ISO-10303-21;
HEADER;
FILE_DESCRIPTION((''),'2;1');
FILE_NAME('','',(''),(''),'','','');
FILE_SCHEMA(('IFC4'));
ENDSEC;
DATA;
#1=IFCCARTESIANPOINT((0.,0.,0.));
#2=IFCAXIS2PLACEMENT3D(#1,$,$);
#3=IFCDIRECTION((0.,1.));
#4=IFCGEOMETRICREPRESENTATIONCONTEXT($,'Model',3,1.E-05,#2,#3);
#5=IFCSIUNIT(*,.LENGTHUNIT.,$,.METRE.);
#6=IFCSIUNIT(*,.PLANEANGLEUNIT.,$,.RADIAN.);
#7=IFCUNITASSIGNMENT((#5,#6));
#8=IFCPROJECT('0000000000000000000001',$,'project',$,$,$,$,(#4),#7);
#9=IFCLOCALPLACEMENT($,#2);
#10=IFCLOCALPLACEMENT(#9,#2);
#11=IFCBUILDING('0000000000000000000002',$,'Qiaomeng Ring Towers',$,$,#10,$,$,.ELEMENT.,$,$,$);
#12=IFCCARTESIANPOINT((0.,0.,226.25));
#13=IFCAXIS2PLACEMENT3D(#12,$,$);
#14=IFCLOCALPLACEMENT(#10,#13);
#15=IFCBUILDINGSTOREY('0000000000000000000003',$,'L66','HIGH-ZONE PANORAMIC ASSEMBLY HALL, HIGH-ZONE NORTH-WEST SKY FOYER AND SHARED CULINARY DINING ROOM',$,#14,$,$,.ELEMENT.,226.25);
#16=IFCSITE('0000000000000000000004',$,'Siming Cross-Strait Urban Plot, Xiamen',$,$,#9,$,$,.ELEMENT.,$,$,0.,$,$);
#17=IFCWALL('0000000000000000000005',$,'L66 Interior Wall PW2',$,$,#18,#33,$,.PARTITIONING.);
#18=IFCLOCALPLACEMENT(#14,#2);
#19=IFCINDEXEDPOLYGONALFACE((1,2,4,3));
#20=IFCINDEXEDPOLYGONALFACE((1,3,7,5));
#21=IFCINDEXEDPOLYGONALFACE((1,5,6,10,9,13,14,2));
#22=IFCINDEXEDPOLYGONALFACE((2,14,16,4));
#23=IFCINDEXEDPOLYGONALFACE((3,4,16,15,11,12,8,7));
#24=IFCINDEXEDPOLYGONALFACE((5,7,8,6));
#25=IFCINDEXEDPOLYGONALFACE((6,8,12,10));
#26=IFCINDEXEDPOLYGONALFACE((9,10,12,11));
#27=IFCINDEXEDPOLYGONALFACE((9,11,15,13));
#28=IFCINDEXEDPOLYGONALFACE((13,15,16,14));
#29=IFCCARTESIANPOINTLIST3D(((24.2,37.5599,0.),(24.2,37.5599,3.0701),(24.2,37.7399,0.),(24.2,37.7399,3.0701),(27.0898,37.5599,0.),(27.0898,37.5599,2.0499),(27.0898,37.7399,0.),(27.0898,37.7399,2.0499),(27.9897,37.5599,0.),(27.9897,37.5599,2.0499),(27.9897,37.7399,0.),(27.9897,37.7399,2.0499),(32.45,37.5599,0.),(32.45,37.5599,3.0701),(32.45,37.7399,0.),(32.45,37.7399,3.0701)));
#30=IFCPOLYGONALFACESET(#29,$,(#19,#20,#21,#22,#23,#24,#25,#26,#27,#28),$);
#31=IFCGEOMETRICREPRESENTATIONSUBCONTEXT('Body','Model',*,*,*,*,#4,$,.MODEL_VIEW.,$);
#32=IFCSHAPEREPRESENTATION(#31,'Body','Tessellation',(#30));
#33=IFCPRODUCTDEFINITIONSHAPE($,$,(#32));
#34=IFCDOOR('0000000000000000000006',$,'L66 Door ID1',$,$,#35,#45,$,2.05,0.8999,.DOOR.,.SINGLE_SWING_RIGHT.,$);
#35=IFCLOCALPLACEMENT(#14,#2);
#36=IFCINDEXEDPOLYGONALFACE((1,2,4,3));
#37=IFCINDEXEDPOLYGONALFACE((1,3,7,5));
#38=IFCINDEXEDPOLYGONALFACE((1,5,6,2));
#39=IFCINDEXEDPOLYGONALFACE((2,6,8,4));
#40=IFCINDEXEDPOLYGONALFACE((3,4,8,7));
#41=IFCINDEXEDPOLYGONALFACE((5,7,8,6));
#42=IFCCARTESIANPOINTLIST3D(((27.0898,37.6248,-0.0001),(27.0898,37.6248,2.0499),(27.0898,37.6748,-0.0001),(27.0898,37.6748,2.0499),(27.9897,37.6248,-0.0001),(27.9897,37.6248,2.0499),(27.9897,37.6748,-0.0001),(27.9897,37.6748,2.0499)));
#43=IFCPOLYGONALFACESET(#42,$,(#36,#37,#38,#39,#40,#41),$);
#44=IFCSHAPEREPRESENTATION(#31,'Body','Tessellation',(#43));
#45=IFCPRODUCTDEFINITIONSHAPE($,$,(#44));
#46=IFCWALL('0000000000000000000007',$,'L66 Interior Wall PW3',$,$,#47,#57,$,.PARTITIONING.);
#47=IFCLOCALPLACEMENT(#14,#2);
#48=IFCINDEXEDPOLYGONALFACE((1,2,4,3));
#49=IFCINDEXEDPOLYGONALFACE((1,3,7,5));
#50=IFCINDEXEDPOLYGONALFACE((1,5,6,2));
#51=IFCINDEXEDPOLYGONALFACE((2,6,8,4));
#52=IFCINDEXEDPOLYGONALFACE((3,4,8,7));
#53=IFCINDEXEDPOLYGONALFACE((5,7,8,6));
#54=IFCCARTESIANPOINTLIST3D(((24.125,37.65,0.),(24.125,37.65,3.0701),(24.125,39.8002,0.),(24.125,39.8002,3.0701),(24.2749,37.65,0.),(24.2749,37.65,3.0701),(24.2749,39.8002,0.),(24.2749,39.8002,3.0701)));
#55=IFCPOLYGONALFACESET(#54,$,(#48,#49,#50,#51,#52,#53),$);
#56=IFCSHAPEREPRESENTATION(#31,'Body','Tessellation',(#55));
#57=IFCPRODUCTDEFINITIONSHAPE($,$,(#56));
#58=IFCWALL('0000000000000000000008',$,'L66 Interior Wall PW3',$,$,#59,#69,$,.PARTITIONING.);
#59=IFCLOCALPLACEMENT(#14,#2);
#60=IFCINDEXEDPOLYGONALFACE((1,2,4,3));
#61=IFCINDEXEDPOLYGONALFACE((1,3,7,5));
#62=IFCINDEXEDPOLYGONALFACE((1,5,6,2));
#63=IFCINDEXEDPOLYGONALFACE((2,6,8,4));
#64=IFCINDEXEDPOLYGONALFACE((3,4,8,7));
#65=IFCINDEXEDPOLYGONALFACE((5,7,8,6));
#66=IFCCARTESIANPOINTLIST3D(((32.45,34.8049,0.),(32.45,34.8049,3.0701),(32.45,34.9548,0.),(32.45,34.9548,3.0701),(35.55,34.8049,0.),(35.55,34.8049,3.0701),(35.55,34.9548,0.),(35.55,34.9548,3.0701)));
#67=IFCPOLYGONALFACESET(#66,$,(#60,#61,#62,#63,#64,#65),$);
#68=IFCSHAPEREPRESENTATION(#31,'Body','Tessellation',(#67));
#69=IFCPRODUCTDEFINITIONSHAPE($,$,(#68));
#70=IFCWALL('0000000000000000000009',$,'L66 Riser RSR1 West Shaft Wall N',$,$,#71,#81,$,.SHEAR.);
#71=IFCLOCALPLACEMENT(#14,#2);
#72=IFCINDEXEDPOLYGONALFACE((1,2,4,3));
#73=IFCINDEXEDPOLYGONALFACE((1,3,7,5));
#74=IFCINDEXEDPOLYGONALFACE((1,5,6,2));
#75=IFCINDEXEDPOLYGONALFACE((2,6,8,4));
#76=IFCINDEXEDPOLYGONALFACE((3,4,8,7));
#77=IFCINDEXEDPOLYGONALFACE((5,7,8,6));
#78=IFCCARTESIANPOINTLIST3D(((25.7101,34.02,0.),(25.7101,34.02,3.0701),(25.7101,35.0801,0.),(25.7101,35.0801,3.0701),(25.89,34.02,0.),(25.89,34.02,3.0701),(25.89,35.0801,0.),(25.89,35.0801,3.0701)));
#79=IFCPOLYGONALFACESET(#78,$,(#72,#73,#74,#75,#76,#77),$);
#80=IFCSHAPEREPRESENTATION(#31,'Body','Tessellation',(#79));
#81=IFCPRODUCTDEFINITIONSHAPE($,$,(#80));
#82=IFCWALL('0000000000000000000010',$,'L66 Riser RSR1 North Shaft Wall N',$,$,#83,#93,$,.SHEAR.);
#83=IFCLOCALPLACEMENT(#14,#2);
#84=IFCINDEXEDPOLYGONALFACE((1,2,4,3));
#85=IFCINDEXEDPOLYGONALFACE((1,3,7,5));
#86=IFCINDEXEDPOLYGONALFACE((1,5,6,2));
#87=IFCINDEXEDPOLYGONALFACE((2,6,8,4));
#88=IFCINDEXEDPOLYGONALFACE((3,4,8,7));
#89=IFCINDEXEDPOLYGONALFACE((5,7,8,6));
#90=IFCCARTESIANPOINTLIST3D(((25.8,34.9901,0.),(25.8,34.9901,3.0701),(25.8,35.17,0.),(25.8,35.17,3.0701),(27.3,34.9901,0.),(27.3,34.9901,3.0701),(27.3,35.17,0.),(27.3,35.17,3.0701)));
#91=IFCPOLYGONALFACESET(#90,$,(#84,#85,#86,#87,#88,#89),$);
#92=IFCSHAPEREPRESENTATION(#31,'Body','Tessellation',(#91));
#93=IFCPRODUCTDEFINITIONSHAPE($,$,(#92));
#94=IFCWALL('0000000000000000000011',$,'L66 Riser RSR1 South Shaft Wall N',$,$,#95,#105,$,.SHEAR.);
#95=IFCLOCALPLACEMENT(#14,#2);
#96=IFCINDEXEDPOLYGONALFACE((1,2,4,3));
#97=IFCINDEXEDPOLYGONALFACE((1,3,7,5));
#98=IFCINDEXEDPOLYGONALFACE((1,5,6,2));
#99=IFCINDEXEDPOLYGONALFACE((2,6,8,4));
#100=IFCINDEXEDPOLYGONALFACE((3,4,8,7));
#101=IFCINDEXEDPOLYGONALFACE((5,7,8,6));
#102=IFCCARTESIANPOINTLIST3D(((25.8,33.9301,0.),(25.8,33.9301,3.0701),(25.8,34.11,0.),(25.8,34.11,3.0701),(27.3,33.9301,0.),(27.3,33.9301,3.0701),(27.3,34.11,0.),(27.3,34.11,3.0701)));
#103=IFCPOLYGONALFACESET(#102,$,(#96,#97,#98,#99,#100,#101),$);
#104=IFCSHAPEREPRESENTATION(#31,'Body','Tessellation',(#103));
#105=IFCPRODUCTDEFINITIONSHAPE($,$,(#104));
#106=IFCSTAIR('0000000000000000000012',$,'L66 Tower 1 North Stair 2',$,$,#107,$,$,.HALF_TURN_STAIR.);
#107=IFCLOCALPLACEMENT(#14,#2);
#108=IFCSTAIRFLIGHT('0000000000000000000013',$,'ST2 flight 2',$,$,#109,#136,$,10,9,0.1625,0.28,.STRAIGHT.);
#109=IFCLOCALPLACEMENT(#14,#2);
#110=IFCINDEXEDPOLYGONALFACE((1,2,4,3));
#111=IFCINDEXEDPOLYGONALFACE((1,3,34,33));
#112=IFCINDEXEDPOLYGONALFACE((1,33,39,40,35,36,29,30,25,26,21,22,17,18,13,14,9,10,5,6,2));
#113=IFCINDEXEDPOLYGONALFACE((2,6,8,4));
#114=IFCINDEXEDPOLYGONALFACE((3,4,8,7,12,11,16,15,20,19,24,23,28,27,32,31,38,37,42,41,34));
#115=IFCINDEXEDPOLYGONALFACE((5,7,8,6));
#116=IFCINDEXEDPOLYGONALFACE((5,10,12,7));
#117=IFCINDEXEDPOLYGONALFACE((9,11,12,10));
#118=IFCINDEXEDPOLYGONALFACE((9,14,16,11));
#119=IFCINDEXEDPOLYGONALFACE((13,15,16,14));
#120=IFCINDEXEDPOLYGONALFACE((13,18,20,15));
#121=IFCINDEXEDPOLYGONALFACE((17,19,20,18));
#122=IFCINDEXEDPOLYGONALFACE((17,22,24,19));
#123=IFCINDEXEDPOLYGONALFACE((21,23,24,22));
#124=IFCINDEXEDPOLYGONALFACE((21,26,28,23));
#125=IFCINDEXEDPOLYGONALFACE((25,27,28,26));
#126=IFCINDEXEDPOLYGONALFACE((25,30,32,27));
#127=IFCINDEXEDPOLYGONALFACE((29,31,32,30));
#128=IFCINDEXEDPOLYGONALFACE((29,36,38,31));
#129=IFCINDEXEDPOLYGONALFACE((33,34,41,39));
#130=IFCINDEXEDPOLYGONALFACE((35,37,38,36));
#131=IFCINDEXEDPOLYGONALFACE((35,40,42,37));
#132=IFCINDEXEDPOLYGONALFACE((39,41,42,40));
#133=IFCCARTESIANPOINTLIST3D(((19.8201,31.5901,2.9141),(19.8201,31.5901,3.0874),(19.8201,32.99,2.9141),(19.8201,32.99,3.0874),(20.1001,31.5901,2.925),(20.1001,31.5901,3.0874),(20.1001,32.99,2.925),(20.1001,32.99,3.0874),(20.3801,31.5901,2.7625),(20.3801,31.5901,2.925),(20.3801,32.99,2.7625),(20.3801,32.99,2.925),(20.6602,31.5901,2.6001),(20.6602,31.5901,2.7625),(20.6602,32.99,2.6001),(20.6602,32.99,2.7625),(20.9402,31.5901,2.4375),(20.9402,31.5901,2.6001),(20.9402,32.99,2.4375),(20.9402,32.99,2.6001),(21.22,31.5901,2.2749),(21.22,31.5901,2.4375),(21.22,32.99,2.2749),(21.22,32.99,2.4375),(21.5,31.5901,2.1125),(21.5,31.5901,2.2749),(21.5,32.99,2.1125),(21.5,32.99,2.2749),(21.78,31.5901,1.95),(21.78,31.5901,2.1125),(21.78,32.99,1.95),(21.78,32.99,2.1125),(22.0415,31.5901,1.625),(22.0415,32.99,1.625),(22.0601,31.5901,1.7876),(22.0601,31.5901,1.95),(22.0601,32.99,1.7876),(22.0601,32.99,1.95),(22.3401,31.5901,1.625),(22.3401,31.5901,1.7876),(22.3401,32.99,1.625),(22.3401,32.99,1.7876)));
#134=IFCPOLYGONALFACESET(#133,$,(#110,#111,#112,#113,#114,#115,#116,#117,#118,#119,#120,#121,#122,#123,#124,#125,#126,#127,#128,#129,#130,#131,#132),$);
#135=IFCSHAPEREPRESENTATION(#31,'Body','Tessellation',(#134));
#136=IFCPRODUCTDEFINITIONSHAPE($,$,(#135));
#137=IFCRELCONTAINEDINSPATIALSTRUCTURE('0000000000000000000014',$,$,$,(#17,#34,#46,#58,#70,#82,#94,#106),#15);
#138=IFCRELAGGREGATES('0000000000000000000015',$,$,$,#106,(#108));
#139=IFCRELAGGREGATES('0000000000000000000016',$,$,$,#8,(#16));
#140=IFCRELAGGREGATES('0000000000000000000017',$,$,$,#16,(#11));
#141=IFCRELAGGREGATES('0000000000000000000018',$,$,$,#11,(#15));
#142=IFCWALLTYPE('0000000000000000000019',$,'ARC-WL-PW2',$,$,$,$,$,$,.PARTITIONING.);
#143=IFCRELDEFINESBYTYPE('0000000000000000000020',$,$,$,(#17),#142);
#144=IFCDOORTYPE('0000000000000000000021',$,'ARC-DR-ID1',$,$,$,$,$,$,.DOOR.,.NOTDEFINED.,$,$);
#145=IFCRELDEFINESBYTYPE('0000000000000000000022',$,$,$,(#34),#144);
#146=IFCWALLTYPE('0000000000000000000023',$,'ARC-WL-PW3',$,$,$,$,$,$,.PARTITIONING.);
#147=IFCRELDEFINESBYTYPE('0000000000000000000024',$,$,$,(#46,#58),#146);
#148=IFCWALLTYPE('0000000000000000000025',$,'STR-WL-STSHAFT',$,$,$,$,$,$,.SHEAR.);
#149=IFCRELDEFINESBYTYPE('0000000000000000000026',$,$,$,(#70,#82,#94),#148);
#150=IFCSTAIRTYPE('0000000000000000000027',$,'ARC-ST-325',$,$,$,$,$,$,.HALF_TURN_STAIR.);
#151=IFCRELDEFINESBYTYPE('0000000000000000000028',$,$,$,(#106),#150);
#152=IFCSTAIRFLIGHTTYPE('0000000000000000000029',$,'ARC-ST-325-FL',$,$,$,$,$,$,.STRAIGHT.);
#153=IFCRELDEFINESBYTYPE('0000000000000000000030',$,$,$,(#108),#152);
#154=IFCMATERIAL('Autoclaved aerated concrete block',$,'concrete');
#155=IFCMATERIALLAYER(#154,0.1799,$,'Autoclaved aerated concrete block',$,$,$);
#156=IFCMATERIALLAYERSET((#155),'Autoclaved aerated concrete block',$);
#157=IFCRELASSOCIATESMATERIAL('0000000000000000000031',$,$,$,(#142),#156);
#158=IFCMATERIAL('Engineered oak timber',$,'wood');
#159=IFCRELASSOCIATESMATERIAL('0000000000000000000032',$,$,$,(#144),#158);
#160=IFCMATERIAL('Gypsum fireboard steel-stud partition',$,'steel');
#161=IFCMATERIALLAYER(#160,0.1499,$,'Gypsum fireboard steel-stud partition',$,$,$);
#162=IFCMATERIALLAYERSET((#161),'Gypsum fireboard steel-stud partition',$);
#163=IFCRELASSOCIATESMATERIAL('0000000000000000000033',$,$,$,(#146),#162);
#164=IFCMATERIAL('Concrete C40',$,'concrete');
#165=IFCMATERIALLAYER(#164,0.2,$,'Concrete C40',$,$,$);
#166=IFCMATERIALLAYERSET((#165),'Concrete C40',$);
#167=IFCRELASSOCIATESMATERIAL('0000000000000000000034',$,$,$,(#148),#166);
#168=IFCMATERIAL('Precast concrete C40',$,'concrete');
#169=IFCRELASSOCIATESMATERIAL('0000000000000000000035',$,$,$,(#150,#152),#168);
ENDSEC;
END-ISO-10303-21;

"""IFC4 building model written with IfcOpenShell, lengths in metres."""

from ifc_helpers import new_model, si_unit, direction, frame, frame_2d, origin, place, context, subcontext, project, spatial, polyline, rectangle, outline, extrude, source, transform, mapped, material, layer, layer_set, type_object, element, fill, aggregate, save


model = new_model("IFC4")

# Units and contexts
model_context = context("Model", 3, precision=1e-05, world=origin(), true_north=direction((0.0, 1.0)))
body_context = subcontext(model_context, "Body", "Model", "MODEL_VIEW")
ifc_project = project(units=[si_unit("LENGTHUNIT", "METRE"), si_unit("PLANEANGLEUNIT", "RADIAN")], contexts=[model_context])

# Site, building, storey
site_placement = place(None, origin())
site = spatial("IfcSite", under=ifc_project, at=site_placement, Name="Siming Cross-Strait Urban Plot, Xiamen", CompositionType="ELEMENT", RefElevation=0.0)
building_placement = place(site_placement, origin())
building = spatial("IfcBuilding", under=site, at=building_placement, Name="Qiaomeng Ring Towers", CompositionType="ELEMENT")
storey_placement = place(building_placement, frame((0.0, 0.0, 226.25)))
storey = spatial("IfcBuildingStorey", under=building, at=storey_placement, Name="L66", Description="HIGH-ZONE PANORAMIC ASSEMBLY HALL, HIGH-ZONE NORTH-WEST SKY FOYER AND SHARED CULINARY DINING ROOM", CompositionType="ELEMENT", Elevation=226.25)

# Shared definitions
ifc_material_1 = material(Name="Concrete C40", Category="concrete")

# Shared definitions
ifc_material_2 = material(Name="Autoclaved aerated concrete block", Category="concrete")

# Wall, opening, door
ifc_layer_1 = layer(ifc_material_2, 0.1799, Name="Autoclaved aerated concrete block")
ifc_layer_set_1 = layer_set([ifc_layer_1], Name="Autoclaved aerated concrete block")
wall_type_1 = type_object("IfcWallType", Name="ARC-WL-PW2", PredefinedType="PARTITIONING", material=ifc_layer_set_1)
wall_1_placement = place(storey_placement, frame((24.2, 37.6499, 0.0), z_axis=(0.0, 0.0, 1.0), x_axis=(1.0, 0.0, 0.0)))
wall_1 = element("IfcWall", 1, at=wall_1_placement, inside=storey, type_object=wall_type_1, Name="L66 Interior Wall PW2", PredefinedType="PARTITIONING", context=body_context, shape_type="SweptSolid", body=[
    extrude(rectangle(XDim=8.25, YDim=0.1799, at=frame_2d((4.125, 0.0))), origin(), (0.0, 0.0, 1.0), 3.0701),
])
opening_placement = place(wall_1_placement, frame((2.8899, 0.0, 0.0)))
opening = element("IfcOpeningElement", 2, at=opening_placement, cuts=wall_1, PredefinedType="OPENING", context=body_context, shape_type="SweptSolid", body=[
    extrude(rectangle(XDim=0.8999, YDim=2.05, at=frame_2d((0.45, 1.0249))), frame((0.0, 0.0999, 0.0), z_axis=(0.0, -1.0, 0.0), x_axis=(1.0, 0.0, 0.0)), (0.0, 0.0, 1.0), 0.2),
])
ifc_material_3 = material(Name="Engineered oak timber", Category="wood")
door_type = type_object("IfcDoorType", Name="ARC-DR-ID1", OperationType="NOTDEFINED", PredefinedType="DOOR", material=ifc_material_3)
shared_shape_1 = source(origin(), body_context, "Body", "SweptSolid", [
    extrude(rectangle(XDim=0.8999, YDim=2.05, at=frame_2d((0.45, 1.0249))), frame((0.0, 0.0249, 0.0), z_axis=(0.0, -1.0, 0.0), x_axis=(1.0, 0.0, 0.0)), (0.0, 0.0, 1.0), 0.05),
])
door_placement = place(opening_placement, origin())
door = element("IfcDoor", 3, at=door_placement, inside=storey, type_object=door_type, Name="L66 Door ID1", OperationType="SINGLE_SWING_RIGHT", OverallHeight=2.05, OverallWidth=0.8999, PredefinedType="DOOR", context=body_context, shape_type="MappedRepresentation", body=[
    mapped(shared_shape_1, transform((0.0, 0.0, 0.0), x_axis=(1.0, 0.0, 0.0), y_axis=(0.0, 1.0, 0.0), z_axis=(0.0, 0.0, 1.0), scale=1.0)),
])
fill(opening, door)

# Walls
ifc_material_4 = material(Name="Gypsum fireboard steel-stud partition", Category="steel")
ifc_layer_2 = layer(ifc_material_4, 0.1499, Name="Gypsum fireboard steel-stud partition")
ifc_layer_set_2 = layer_set([ifc_layer_2], Name="Gypsum fireboard steel-stud partition")
wall_type_2 = type_object("IfcWallType", Name="ARC-WL-PW3", PredefinedType="PARTITIONING", material=ifc_layer_set_2)
wall_2_placement = place(storey_placement, frame((24.2, 37.6499, 0.0), z_axis=(0.0, 0.0, 1.0), x_axis=(0.0, 1.0, 0.0)))
element("IfcWall", 4, at=wall_2_placement, inside=storey, type_object=wall_type_2, Name="L66 Interior Wall PW3", PredefinedType="PARTITIONING", context=body_context, shape_type="SweptSolid", body=[
    extrude(rectangle(XDim=2.1501, YDim=0.1499, at=frame_2d((1.0752, 0.0))), origin(), (0.0, 0.0, 1.0), 3.0701),
])
wall_3_placement = place(storey_placement, frame((32.45, 34.8799, 0.0), z_axis=(0.0, 0.0, 1.0), x_axis=(1.0, 0.0, 0.0)))
element("IfcWall", 5, at=wall_3_placement, inside=storey, type_object=wall_type_2, Name="L66 Interior Wall PW3", PredefinedType="PARTITIONING", context=body_context, shape_type="SweptSolid", body=[
    extrude(rectangle(XDim=3.1001, YDim=0.1499, at=frame_2d((1.55, 0.0))), origin(), (0.0, 0.0, 1.0), 3.0701),
])
ifc_layer_3 = layer(ifc_material_1, 0.2, Name="Concrete C40")
ifc_layer_set_3 = layer_set([ifc_layer_3], Name="Concrete C40")
wall_type_3 = type_object("IfcWallType", Name="STR-WL-STSHAFT", PredefinedType="SHEAR", material=ifc_layer_set_3)
wall_4_placement = place(storey_placement, frame((25.8, 34.02, 0.0), z_axis=(0.0, 0.0, 1.0), x_axis=(0.0, 1.0, 0.0)))
element("IfcWall", 6, at=wall_4_placement, inside=storey, type_object=wall_type_3, Name="L66 Riser RSR1 West Shaft Wall N", PredefinedType="SHEAR", context=body_context, shape_type="SweptSolid", body=[
    extrude(rectangle(XDim=1.0601, YDim=0.1799, at=frame_2d((0.53, 0.0))), origin(), (0.0, 0.0, 1.0), 3.0701),
])
for number, where, z_axis, x_axis, name in (
    (7, (25.8, 35.0801, 0.0), (0.0, 0.0, 1.0), (1.0, 0.0, 0.0), "L66 Riser RSR1 North Shaft Wall N"),
    (8, (25.8, 34.02, 0.0), (0.0, 0.0, 1.0), (1.0, 0.0, 0.0), "L66 Riser RSR1 South Shaft Wall N"),
):
    element("IfcWall", number, at=place(storey_placement, frame(where, z_axis=z_axis, x_axis=x_axis)), inside=storey, type_object=wall_type_3, Name=name, PredefinedType="SHEAR", context=body_context, shape_type="SweptSolid", body=[
        extrude(rectangle(XDim=1.5, YDim=0.1799, at=frame_2d((0.75, 0.0))), origin(), (0.0, 0.0, 1.0), 3.0701),
    ])

# Stair, stair flight
ifc_material_5 = material(Name="Precast concrete C40", Category="concrete")
stair_type = type_object("IfcStairType", Name="ARC-ST-325", PredefinedType="HALF_TURN_STAIR", material=ifc_material_5)
stair_placement = place(storey_placement, origin())
stair = element("IfcStair", 9, at=stair_placement, inside=storey, type_object=stair_type, Name="L66 Tower 1 North Stair 2", PredefinedType="HALF_TURN_STAIR")
stair_flight_type = type_object("IfcStairFlightType", Name="ARC-ST-325-FL", PredefinedType="STRAIGHT", material=ifc_material_5)
shared_shape_2 = source(origin(), body_context, "Body", "SweptSolid", [
    extrude(outline(polyline([(0.0, 0.0), (0.0, 0.1626), (0.28, 0.1626), (0.28, 0.325), (0.5601, 0.325), (0.5601, 0.4875), (0.8401, 0.4875), (0.8401, 0.6499), (1.1201, 0.6499), (1.1201, 0.8125), (1.3999, 0.8125), (1.3999, 0.9751), (1.6799, 0.9751), (1.6799, 1.1375), (1.96, 1.1375), (1.96, 1.3), (2.24, 1.3), (2.24, 1.4624), (2.52, 1.4624), (2.52, 1.625), (2.52, 1.2891), (0.2986, 0.0), (0.0, 0.0)])), frame((0.0, 0.7, 0.0), z_axis=(0.0, -1.0, 0.0), x_axis=(1.0, 0.0, 0.0)), (0.0, 0.0, 1.0), 1.3999),
])
stair_flight_placement = place(storey_placement, frame((22.3401, 32.29, 1.625), z_axis=(0.0, 0.0, 1.0), x_axis=(-1.0, 0.0, 0.0)))
stair_flight = element("IfcStairFlight", 10, at=stair_flight_placement, type_object=stair_flight_type, Name="ST2 flight 2", NumberOfRisers=10, NumberOfTreads=9, PredefinedType="STRAIGHT", RiserHeight=0.1625, TreadLength=0.28, context=body_context, shape_type="MappedRepresentation", body=[
    mapped(shared_shape_2, transform((0.0, 0.0, 0.0), x_axis=(1.0, 0.0, 0.0), y_axis=(0.0, 1.0, 0.0), z_axis=(0.0, 0.0, 1.0), scale=1.0)),
])
aggregate(stair, [stair_flight])

save(model, "model.ifc")
